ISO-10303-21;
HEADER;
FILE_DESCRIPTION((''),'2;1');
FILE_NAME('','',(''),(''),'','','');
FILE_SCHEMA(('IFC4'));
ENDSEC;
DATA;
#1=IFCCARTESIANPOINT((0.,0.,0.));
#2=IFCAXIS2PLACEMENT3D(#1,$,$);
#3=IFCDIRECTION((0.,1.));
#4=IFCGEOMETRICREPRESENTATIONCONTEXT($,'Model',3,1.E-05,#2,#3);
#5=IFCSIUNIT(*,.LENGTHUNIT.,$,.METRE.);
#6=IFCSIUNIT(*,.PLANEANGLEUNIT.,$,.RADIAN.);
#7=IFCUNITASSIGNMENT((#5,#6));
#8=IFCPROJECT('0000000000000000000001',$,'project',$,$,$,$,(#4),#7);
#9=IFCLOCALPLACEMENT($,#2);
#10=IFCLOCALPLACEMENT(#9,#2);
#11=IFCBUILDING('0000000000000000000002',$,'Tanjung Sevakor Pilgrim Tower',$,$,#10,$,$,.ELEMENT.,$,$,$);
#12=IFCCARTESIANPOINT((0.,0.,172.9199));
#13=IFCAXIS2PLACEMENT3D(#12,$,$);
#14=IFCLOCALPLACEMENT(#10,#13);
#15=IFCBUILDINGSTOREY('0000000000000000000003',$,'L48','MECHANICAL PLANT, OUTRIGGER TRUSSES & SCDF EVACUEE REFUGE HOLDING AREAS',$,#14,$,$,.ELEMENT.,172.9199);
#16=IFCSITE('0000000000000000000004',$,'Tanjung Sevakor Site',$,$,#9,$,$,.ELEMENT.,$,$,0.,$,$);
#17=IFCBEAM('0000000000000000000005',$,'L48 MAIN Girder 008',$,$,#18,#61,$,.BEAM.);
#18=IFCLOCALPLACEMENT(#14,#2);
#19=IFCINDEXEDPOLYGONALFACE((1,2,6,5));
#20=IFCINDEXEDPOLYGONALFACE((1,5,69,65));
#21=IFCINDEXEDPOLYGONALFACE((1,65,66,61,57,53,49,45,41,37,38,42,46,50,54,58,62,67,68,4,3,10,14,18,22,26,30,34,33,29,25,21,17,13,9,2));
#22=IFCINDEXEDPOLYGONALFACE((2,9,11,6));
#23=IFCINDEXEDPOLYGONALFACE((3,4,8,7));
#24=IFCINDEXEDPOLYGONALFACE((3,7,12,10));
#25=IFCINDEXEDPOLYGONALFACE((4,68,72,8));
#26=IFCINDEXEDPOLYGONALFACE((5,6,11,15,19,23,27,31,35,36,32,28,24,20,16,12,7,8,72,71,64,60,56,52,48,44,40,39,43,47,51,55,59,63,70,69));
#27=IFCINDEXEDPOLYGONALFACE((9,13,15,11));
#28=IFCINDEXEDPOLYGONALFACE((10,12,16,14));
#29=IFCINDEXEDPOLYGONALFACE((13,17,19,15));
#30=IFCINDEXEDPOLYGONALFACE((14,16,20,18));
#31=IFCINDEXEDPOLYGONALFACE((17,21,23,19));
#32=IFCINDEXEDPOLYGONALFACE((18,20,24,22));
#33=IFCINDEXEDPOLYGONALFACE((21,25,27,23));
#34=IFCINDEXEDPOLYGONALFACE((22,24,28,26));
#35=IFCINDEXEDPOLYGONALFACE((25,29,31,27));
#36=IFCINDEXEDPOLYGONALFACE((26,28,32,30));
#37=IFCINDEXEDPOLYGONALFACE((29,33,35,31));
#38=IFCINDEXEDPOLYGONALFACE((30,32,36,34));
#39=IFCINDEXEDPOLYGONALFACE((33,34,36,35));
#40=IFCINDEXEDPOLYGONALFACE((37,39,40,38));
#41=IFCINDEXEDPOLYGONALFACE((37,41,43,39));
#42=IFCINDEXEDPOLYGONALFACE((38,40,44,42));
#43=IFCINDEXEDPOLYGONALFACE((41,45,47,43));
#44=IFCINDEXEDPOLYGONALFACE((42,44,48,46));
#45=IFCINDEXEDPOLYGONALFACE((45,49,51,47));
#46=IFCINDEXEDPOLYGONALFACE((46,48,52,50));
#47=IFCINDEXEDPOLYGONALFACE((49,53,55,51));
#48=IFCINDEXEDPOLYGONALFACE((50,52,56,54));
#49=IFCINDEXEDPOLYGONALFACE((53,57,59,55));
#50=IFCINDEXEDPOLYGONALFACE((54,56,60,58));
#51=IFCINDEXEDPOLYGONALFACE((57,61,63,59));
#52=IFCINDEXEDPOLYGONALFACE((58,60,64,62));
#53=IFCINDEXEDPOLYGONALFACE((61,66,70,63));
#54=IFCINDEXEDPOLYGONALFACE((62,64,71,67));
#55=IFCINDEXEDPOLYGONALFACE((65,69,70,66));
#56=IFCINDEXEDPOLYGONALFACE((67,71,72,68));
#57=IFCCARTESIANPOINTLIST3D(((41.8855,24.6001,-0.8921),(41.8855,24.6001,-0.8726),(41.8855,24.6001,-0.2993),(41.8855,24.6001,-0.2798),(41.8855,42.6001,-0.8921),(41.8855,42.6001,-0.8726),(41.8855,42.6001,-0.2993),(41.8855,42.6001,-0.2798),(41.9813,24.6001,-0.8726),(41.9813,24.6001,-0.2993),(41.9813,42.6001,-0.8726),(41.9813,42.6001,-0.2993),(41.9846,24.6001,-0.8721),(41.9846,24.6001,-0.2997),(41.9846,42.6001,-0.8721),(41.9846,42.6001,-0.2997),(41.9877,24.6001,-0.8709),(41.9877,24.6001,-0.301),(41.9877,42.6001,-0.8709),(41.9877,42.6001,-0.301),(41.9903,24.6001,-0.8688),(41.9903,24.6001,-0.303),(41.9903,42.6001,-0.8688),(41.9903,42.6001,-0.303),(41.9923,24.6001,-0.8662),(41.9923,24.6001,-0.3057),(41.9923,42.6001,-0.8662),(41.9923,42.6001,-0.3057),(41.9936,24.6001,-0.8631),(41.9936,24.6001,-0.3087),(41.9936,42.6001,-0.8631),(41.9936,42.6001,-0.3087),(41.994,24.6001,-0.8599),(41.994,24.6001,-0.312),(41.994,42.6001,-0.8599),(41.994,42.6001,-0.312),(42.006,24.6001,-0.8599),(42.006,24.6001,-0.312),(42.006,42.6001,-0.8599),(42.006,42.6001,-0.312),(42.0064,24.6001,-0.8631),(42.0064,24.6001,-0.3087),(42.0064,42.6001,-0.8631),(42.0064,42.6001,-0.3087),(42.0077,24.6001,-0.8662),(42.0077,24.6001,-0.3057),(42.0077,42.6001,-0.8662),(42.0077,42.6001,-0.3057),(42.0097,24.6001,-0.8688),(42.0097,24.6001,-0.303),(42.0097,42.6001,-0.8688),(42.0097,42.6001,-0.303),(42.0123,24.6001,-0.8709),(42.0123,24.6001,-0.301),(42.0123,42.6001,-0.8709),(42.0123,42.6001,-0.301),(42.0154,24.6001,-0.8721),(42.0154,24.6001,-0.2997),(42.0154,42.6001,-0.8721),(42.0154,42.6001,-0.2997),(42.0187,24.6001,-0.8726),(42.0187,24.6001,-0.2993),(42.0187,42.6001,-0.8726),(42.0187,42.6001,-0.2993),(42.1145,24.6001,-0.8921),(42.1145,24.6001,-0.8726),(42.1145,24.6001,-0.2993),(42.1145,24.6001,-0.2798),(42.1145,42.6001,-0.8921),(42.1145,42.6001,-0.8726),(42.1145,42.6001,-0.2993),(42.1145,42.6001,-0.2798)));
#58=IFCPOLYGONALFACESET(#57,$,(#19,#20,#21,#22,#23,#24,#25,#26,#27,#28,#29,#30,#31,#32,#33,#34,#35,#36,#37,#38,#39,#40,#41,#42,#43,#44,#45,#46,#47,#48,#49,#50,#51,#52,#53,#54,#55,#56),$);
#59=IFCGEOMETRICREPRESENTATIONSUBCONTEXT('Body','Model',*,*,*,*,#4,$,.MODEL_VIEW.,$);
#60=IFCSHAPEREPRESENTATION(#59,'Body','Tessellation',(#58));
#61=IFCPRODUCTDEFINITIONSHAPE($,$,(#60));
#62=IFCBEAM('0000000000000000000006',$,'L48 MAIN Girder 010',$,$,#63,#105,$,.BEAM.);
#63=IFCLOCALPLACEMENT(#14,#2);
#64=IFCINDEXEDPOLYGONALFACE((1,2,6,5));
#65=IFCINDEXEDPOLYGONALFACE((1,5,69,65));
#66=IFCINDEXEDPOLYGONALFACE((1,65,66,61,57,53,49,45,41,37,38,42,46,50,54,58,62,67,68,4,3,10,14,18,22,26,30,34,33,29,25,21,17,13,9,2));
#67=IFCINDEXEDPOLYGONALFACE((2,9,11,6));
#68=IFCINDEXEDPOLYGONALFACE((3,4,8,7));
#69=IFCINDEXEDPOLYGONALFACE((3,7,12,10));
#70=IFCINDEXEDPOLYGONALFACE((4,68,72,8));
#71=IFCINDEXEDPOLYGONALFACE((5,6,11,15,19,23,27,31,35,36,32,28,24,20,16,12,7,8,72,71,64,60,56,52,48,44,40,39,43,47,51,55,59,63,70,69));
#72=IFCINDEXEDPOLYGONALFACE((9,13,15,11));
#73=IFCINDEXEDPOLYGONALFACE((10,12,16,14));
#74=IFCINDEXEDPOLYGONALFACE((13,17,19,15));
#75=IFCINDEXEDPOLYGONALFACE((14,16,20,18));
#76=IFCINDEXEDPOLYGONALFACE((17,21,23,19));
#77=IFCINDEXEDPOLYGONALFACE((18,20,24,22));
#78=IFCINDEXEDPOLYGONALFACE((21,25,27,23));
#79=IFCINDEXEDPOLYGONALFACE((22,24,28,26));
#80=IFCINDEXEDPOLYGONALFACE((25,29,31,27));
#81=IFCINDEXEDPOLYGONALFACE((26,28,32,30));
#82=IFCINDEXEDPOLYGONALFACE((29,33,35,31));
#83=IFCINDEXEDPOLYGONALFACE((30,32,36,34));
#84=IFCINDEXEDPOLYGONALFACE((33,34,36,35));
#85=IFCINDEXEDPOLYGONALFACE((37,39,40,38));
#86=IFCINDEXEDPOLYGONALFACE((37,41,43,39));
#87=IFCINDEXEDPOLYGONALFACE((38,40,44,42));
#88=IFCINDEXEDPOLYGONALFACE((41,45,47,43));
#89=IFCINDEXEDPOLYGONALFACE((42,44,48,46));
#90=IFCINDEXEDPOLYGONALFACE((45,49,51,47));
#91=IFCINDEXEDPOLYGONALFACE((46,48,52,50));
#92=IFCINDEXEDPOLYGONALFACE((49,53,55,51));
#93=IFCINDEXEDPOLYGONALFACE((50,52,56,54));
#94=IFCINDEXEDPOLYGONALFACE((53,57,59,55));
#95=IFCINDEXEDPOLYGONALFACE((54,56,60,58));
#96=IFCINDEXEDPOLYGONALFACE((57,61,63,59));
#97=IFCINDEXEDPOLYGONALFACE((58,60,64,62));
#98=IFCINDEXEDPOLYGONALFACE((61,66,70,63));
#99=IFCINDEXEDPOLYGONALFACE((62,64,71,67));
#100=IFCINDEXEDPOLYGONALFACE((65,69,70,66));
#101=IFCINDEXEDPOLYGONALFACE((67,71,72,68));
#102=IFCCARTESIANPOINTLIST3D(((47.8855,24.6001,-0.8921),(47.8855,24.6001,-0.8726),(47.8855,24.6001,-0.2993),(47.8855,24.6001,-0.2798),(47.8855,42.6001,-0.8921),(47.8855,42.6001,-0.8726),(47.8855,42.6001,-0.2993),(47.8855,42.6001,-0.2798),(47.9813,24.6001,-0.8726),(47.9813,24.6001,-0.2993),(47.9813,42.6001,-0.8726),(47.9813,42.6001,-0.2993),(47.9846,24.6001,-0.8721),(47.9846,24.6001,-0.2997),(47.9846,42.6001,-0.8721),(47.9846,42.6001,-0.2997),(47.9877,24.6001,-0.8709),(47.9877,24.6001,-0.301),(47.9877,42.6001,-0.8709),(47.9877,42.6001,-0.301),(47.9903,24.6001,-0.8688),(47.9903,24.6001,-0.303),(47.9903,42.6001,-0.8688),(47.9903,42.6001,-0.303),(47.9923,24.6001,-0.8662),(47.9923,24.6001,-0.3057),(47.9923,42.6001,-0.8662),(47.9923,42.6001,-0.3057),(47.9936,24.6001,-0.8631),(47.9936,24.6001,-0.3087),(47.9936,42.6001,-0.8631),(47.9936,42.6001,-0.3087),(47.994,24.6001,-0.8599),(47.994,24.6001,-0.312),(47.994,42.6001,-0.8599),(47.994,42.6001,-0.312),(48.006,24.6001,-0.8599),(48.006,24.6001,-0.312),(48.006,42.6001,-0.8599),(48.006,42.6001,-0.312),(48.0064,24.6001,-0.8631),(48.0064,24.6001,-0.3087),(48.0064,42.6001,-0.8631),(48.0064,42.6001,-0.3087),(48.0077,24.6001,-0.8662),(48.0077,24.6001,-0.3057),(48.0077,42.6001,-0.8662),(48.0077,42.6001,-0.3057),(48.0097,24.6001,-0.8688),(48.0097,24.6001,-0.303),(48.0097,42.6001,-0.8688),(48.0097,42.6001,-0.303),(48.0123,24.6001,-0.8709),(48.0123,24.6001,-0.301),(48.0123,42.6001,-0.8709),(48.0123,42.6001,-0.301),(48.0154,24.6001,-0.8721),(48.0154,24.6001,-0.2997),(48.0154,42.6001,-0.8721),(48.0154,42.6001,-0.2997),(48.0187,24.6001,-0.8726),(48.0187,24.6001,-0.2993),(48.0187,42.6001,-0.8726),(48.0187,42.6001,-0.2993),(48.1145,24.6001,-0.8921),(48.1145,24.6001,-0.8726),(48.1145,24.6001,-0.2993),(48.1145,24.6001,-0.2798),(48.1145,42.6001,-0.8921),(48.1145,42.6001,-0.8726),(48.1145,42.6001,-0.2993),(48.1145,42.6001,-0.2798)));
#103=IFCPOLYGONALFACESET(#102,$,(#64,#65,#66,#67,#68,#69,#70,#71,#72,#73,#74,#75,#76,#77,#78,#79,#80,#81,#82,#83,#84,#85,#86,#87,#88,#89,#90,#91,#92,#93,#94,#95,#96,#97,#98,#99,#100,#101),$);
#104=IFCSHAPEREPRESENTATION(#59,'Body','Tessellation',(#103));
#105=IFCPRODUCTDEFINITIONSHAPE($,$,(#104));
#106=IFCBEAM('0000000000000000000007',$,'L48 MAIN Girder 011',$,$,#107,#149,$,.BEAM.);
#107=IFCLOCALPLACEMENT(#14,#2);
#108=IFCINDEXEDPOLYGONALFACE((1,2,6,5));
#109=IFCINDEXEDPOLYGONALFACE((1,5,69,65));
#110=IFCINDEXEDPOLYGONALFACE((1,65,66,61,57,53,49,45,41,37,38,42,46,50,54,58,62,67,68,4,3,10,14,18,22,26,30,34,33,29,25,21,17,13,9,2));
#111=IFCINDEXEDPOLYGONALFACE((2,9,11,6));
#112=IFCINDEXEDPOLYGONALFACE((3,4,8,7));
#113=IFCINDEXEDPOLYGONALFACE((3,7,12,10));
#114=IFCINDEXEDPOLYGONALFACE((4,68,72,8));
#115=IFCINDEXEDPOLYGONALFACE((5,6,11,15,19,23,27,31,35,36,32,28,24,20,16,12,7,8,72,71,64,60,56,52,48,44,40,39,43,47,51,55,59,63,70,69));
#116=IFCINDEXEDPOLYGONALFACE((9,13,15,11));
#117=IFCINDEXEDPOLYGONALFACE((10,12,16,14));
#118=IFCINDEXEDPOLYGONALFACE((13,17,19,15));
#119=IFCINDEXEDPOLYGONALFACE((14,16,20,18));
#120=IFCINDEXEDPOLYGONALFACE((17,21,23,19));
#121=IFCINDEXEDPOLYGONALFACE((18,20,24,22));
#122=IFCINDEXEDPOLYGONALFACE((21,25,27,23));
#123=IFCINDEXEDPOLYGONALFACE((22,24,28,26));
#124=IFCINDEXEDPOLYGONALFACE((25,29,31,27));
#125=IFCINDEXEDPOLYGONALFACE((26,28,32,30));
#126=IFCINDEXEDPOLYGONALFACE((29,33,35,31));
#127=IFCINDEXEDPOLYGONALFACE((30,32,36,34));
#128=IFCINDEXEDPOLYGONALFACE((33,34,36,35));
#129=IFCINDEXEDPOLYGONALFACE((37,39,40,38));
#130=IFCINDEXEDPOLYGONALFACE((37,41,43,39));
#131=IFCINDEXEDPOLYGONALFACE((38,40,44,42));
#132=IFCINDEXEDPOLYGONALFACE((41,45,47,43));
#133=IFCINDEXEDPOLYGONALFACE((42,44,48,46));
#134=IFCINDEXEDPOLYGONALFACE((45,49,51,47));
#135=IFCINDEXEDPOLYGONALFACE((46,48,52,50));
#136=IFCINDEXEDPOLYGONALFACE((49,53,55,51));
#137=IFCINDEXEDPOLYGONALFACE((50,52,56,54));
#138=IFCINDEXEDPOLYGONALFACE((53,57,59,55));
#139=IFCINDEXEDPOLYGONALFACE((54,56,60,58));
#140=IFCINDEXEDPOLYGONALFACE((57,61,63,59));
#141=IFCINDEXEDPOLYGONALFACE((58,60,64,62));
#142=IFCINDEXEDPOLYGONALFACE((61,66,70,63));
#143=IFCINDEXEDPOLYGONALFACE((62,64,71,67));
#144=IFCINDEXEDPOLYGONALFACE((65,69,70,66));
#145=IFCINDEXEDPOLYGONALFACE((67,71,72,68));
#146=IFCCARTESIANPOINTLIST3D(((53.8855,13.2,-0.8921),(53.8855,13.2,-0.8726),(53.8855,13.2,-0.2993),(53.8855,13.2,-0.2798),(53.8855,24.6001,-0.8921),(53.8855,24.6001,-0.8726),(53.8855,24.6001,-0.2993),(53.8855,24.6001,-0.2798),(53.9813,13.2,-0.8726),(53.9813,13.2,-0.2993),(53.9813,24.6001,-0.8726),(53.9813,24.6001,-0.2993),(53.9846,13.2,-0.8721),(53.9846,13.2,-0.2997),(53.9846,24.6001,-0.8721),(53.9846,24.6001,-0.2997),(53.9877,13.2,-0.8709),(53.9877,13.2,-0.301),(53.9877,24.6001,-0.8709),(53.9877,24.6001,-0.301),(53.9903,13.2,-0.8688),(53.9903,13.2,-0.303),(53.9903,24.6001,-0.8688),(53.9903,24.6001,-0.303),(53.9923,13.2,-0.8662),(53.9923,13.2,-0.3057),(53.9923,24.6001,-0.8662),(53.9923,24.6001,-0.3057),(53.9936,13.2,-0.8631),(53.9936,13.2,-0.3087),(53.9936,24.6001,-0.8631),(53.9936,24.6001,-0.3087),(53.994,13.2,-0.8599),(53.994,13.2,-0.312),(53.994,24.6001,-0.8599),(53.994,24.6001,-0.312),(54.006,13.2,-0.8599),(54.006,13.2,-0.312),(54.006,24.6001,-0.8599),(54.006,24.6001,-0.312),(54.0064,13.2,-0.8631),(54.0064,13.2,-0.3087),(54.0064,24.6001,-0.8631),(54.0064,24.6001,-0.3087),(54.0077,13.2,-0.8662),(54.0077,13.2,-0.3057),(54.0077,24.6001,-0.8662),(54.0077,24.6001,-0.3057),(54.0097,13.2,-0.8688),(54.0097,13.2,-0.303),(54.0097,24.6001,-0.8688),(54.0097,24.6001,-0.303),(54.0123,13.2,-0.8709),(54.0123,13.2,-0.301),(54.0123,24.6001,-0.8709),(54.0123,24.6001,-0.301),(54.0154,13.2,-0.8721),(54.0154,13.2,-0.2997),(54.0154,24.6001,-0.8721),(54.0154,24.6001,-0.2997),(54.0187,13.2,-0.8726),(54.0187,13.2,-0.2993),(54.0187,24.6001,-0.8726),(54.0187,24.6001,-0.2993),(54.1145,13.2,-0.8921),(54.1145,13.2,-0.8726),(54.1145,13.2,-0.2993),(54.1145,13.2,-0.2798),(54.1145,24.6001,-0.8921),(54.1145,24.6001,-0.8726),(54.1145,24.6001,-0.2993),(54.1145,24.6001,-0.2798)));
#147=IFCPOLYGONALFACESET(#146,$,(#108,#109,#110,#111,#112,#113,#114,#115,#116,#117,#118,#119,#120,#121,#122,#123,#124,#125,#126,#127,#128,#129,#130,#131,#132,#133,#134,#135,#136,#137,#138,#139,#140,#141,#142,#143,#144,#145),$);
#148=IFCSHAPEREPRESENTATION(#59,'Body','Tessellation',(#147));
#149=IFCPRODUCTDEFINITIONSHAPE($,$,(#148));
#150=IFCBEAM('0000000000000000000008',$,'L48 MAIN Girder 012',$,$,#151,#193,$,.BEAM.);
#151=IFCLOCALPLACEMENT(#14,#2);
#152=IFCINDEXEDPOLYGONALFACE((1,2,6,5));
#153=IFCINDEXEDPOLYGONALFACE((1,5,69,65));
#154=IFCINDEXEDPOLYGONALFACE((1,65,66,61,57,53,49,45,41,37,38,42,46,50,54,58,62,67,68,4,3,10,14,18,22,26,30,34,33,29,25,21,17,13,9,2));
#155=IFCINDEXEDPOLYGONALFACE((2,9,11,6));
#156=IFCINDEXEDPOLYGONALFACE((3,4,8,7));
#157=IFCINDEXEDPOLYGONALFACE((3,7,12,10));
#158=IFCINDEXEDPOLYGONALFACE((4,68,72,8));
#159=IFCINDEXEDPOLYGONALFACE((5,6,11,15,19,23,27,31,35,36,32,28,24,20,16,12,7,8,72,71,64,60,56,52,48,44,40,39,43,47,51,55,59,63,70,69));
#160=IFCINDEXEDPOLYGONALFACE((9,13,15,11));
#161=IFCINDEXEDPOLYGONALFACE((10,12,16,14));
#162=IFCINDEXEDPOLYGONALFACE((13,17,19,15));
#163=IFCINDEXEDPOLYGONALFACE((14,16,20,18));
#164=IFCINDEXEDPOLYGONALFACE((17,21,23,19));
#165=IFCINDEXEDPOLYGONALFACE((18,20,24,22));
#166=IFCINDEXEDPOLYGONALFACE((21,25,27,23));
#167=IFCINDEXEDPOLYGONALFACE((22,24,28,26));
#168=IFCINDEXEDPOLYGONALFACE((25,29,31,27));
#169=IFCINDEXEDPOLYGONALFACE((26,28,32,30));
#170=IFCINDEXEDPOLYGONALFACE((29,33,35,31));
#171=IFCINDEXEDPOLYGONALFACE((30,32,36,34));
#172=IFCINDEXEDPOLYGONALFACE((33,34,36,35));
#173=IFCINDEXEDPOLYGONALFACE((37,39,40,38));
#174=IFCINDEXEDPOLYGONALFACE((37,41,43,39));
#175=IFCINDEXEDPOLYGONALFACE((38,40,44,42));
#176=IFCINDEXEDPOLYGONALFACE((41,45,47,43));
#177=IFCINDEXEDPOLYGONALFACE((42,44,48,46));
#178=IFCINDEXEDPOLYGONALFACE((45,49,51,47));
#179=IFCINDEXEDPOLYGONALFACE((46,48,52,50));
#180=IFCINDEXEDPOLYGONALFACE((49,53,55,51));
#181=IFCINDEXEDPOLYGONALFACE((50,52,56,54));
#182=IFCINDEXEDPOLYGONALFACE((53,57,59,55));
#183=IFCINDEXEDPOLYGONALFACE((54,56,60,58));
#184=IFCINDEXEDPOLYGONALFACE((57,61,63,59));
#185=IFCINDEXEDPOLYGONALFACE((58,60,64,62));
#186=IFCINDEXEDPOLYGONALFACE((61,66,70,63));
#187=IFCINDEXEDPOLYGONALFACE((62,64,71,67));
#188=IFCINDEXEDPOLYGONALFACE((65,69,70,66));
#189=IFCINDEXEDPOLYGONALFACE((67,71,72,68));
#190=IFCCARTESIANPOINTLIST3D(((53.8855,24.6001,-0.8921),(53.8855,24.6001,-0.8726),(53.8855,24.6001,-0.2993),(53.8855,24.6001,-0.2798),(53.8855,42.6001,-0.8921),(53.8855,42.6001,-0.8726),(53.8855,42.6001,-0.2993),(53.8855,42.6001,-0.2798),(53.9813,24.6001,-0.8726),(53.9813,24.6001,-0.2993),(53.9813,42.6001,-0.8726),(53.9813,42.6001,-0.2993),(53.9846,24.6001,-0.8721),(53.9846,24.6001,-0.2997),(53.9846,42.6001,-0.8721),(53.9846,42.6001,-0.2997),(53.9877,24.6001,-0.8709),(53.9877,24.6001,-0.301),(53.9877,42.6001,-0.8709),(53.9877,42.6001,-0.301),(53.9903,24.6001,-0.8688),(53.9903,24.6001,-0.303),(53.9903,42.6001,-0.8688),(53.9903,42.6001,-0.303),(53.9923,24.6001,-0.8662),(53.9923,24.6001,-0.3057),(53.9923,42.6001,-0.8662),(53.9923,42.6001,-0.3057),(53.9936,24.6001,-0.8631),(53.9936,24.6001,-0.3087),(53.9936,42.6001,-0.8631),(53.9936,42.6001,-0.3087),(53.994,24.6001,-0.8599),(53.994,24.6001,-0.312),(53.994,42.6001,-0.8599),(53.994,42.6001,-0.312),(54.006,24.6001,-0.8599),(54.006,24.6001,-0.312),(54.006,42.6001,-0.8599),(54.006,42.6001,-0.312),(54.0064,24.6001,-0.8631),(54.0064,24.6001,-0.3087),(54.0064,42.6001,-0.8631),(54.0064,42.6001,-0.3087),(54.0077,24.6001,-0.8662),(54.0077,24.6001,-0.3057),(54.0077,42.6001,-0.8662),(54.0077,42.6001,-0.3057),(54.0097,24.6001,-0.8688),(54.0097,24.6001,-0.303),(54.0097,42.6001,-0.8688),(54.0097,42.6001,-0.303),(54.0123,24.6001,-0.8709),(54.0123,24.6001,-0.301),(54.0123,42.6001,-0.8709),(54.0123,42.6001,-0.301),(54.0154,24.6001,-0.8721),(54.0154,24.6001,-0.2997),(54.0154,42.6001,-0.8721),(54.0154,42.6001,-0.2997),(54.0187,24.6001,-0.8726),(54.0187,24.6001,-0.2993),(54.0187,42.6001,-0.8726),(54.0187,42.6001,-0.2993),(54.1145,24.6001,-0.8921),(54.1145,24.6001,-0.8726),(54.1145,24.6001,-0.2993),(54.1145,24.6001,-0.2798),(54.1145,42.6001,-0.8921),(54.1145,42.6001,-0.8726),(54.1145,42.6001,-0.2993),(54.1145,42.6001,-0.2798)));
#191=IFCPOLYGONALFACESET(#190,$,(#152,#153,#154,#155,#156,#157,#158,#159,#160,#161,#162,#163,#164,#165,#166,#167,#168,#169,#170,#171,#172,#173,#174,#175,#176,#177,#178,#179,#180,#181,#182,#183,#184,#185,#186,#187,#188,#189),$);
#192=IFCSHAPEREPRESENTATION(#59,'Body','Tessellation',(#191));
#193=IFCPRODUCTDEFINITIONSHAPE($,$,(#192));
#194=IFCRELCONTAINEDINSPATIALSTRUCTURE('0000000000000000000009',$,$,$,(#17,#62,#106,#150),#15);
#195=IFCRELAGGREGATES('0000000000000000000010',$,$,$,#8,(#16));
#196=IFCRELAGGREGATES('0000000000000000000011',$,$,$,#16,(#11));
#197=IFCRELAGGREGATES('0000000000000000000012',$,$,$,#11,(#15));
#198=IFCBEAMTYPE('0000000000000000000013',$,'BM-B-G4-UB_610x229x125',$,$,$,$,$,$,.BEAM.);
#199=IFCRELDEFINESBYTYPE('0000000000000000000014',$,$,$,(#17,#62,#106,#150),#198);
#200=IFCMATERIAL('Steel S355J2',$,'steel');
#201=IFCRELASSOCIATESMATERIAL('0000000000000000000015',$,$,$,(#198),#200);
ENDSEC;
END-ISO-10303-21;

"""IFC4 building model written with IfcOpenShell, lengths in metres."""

from ifc_helpers import new_model, si_unit, direction, frame, origin, origin_2d, place, context, subcontext, project, spatial, i_section, extrude, material, material_profile, profile_set, type_object, element, save


model = new_model("IFC4")

# Units and contexts
model_context = context("Model", 3, precision=1e-05, world=origin(), true_north=direction((0.0, 1.0)))
body_context = subcontext(model_context, "Body", "Model", "MODEL_VIEW")
ifc_project = project(units=[si_unit("LENGTHUNIT", "METRE"), si_unit("PLANEANGLEUNIT", "RADIAN")], contexts=[model_context])

# Site, building, storey
site_placement = place(None, origin())
site = spatial("IfcSite", under=ifc_project, at=site_placement, Name="Tanjung Sevakor Site", CompositionType="ELEMENT", RefElevation=0.0)
building_placement = place(site_placement, origin())
building = spatial("IfcBuilding", under=site, at=building_placement, Name="Tanjung Sevakor Pilgrim Tower", CompositionType="ELEMENT")
storey_placement = place(building_placement, frame((0.0, 0.0, 172.9199)))
storey = spatial("IfcBuildingStorey", under=building, at=storey_placement, Name="L48", Description="MECHANICAL PLANT, OUTRIGGER TRUSSES & SCDF EVACUEE REFUGE HOLDING AREAS", CompositionType="ELEMENT", Elevation=172.9199)

# Beams
ifc_material_1 = material(Name="Steel S355J2", Category="steel")
ifc_material_profile_1 = material_profile(ifc_material_1, i_section(OverallWidth=0.229, OverallDepth=0.6123, WebThickness=0.012, FlangeThickness=0.0195, FilletRadius=0.0127, at=origin_2d()))
ifc_profile_set_1 = profile_set([ifc_material_profile_1], Name="Steel S355J2")
beam_type_1 = type_object("IfcBeamType", Name="BM-B-G4-UB_610x229x125", PredefinedType="BEAM", material=ifc_profile_set_1)
for number, where, z_axis, x_axis, name in (
    (1, (42.0, 24.6001, -0.5859), (0.0, 1.0, 0.0), (-1.0, 0.0, 0.0), "L48 MAIN Girder 008"),
    (2, (48.0, 24.6001, -0.5859), (0.0, 1.0, 0.0), (-1.0, 0.0, 0.0), "L48 MAIN Girder 010"),
):
    element("IfcBeam", number, at=place(storey_placement, frame(where, z_axis=z_axis, x_axis=x_axis)), inside=storey, type_object=beam_type_1, Name=name, PredefinedType="BEAM", context=body_context, shape_type="SweptSolid", body=[
        extrude(i_section(OverallWidth=0.229, OverallDepth=0.6123, WebThickness=0.012, FlangeThickness=0.0195, FilletRadius=0.0127, at=origin_2d()), origin(), (0.0, 0.0, 1.0), 18.0),
    ])
beam_1_placement = place(storey_placement, frame((54.0, 13.2, -0.5859), z_axis=(0.0, 1.0, 0.0), x_axis=(-1.0, 0.0, 0.0)))
element("IfcBeam", 3, at=beam_1_placement, inside=storey, type_object=beam_type_1, Name="L48 MAIN Girder 011", PredefinedType="BEAM", context=body_context, shape_type="SweptSolid", body=[
    extrude(i_section(OverallWidth=0.229, OverallDepth=0.6123, WebThickness=0.012, FlangeThickness=0.0195, FilletRadius=0.0127, at=origin_2d()), origin(), (0.0, 0.0, 1.0), 11.4001),
])
beam_2_placement = place(storey_placement, frame((54.0, 24.6001, -0.5859), z_axis=(0.0, 1.0, 0.0), x_axis=(-1.0, 0.0, 0.0)))
element("IfcBeam", 4, at=beam_2_placement, inside=storey, type_object=beam_type_1, Name="L48 MAIN Girder 012", PredefinedType="BEAM", context=body_context, shape_type="SweptSolid", body=[
    extrude(i_section(OverallWidth=0.229, OverallDepth=0.6123, WebThickness=0.012, FlangeThickness=0.0195, FilletRadius=0.0127, at=origin_2d()), origin(), (0.0, 0.0, 1.0), 18.0),
])

save(model, "model.ifc")
